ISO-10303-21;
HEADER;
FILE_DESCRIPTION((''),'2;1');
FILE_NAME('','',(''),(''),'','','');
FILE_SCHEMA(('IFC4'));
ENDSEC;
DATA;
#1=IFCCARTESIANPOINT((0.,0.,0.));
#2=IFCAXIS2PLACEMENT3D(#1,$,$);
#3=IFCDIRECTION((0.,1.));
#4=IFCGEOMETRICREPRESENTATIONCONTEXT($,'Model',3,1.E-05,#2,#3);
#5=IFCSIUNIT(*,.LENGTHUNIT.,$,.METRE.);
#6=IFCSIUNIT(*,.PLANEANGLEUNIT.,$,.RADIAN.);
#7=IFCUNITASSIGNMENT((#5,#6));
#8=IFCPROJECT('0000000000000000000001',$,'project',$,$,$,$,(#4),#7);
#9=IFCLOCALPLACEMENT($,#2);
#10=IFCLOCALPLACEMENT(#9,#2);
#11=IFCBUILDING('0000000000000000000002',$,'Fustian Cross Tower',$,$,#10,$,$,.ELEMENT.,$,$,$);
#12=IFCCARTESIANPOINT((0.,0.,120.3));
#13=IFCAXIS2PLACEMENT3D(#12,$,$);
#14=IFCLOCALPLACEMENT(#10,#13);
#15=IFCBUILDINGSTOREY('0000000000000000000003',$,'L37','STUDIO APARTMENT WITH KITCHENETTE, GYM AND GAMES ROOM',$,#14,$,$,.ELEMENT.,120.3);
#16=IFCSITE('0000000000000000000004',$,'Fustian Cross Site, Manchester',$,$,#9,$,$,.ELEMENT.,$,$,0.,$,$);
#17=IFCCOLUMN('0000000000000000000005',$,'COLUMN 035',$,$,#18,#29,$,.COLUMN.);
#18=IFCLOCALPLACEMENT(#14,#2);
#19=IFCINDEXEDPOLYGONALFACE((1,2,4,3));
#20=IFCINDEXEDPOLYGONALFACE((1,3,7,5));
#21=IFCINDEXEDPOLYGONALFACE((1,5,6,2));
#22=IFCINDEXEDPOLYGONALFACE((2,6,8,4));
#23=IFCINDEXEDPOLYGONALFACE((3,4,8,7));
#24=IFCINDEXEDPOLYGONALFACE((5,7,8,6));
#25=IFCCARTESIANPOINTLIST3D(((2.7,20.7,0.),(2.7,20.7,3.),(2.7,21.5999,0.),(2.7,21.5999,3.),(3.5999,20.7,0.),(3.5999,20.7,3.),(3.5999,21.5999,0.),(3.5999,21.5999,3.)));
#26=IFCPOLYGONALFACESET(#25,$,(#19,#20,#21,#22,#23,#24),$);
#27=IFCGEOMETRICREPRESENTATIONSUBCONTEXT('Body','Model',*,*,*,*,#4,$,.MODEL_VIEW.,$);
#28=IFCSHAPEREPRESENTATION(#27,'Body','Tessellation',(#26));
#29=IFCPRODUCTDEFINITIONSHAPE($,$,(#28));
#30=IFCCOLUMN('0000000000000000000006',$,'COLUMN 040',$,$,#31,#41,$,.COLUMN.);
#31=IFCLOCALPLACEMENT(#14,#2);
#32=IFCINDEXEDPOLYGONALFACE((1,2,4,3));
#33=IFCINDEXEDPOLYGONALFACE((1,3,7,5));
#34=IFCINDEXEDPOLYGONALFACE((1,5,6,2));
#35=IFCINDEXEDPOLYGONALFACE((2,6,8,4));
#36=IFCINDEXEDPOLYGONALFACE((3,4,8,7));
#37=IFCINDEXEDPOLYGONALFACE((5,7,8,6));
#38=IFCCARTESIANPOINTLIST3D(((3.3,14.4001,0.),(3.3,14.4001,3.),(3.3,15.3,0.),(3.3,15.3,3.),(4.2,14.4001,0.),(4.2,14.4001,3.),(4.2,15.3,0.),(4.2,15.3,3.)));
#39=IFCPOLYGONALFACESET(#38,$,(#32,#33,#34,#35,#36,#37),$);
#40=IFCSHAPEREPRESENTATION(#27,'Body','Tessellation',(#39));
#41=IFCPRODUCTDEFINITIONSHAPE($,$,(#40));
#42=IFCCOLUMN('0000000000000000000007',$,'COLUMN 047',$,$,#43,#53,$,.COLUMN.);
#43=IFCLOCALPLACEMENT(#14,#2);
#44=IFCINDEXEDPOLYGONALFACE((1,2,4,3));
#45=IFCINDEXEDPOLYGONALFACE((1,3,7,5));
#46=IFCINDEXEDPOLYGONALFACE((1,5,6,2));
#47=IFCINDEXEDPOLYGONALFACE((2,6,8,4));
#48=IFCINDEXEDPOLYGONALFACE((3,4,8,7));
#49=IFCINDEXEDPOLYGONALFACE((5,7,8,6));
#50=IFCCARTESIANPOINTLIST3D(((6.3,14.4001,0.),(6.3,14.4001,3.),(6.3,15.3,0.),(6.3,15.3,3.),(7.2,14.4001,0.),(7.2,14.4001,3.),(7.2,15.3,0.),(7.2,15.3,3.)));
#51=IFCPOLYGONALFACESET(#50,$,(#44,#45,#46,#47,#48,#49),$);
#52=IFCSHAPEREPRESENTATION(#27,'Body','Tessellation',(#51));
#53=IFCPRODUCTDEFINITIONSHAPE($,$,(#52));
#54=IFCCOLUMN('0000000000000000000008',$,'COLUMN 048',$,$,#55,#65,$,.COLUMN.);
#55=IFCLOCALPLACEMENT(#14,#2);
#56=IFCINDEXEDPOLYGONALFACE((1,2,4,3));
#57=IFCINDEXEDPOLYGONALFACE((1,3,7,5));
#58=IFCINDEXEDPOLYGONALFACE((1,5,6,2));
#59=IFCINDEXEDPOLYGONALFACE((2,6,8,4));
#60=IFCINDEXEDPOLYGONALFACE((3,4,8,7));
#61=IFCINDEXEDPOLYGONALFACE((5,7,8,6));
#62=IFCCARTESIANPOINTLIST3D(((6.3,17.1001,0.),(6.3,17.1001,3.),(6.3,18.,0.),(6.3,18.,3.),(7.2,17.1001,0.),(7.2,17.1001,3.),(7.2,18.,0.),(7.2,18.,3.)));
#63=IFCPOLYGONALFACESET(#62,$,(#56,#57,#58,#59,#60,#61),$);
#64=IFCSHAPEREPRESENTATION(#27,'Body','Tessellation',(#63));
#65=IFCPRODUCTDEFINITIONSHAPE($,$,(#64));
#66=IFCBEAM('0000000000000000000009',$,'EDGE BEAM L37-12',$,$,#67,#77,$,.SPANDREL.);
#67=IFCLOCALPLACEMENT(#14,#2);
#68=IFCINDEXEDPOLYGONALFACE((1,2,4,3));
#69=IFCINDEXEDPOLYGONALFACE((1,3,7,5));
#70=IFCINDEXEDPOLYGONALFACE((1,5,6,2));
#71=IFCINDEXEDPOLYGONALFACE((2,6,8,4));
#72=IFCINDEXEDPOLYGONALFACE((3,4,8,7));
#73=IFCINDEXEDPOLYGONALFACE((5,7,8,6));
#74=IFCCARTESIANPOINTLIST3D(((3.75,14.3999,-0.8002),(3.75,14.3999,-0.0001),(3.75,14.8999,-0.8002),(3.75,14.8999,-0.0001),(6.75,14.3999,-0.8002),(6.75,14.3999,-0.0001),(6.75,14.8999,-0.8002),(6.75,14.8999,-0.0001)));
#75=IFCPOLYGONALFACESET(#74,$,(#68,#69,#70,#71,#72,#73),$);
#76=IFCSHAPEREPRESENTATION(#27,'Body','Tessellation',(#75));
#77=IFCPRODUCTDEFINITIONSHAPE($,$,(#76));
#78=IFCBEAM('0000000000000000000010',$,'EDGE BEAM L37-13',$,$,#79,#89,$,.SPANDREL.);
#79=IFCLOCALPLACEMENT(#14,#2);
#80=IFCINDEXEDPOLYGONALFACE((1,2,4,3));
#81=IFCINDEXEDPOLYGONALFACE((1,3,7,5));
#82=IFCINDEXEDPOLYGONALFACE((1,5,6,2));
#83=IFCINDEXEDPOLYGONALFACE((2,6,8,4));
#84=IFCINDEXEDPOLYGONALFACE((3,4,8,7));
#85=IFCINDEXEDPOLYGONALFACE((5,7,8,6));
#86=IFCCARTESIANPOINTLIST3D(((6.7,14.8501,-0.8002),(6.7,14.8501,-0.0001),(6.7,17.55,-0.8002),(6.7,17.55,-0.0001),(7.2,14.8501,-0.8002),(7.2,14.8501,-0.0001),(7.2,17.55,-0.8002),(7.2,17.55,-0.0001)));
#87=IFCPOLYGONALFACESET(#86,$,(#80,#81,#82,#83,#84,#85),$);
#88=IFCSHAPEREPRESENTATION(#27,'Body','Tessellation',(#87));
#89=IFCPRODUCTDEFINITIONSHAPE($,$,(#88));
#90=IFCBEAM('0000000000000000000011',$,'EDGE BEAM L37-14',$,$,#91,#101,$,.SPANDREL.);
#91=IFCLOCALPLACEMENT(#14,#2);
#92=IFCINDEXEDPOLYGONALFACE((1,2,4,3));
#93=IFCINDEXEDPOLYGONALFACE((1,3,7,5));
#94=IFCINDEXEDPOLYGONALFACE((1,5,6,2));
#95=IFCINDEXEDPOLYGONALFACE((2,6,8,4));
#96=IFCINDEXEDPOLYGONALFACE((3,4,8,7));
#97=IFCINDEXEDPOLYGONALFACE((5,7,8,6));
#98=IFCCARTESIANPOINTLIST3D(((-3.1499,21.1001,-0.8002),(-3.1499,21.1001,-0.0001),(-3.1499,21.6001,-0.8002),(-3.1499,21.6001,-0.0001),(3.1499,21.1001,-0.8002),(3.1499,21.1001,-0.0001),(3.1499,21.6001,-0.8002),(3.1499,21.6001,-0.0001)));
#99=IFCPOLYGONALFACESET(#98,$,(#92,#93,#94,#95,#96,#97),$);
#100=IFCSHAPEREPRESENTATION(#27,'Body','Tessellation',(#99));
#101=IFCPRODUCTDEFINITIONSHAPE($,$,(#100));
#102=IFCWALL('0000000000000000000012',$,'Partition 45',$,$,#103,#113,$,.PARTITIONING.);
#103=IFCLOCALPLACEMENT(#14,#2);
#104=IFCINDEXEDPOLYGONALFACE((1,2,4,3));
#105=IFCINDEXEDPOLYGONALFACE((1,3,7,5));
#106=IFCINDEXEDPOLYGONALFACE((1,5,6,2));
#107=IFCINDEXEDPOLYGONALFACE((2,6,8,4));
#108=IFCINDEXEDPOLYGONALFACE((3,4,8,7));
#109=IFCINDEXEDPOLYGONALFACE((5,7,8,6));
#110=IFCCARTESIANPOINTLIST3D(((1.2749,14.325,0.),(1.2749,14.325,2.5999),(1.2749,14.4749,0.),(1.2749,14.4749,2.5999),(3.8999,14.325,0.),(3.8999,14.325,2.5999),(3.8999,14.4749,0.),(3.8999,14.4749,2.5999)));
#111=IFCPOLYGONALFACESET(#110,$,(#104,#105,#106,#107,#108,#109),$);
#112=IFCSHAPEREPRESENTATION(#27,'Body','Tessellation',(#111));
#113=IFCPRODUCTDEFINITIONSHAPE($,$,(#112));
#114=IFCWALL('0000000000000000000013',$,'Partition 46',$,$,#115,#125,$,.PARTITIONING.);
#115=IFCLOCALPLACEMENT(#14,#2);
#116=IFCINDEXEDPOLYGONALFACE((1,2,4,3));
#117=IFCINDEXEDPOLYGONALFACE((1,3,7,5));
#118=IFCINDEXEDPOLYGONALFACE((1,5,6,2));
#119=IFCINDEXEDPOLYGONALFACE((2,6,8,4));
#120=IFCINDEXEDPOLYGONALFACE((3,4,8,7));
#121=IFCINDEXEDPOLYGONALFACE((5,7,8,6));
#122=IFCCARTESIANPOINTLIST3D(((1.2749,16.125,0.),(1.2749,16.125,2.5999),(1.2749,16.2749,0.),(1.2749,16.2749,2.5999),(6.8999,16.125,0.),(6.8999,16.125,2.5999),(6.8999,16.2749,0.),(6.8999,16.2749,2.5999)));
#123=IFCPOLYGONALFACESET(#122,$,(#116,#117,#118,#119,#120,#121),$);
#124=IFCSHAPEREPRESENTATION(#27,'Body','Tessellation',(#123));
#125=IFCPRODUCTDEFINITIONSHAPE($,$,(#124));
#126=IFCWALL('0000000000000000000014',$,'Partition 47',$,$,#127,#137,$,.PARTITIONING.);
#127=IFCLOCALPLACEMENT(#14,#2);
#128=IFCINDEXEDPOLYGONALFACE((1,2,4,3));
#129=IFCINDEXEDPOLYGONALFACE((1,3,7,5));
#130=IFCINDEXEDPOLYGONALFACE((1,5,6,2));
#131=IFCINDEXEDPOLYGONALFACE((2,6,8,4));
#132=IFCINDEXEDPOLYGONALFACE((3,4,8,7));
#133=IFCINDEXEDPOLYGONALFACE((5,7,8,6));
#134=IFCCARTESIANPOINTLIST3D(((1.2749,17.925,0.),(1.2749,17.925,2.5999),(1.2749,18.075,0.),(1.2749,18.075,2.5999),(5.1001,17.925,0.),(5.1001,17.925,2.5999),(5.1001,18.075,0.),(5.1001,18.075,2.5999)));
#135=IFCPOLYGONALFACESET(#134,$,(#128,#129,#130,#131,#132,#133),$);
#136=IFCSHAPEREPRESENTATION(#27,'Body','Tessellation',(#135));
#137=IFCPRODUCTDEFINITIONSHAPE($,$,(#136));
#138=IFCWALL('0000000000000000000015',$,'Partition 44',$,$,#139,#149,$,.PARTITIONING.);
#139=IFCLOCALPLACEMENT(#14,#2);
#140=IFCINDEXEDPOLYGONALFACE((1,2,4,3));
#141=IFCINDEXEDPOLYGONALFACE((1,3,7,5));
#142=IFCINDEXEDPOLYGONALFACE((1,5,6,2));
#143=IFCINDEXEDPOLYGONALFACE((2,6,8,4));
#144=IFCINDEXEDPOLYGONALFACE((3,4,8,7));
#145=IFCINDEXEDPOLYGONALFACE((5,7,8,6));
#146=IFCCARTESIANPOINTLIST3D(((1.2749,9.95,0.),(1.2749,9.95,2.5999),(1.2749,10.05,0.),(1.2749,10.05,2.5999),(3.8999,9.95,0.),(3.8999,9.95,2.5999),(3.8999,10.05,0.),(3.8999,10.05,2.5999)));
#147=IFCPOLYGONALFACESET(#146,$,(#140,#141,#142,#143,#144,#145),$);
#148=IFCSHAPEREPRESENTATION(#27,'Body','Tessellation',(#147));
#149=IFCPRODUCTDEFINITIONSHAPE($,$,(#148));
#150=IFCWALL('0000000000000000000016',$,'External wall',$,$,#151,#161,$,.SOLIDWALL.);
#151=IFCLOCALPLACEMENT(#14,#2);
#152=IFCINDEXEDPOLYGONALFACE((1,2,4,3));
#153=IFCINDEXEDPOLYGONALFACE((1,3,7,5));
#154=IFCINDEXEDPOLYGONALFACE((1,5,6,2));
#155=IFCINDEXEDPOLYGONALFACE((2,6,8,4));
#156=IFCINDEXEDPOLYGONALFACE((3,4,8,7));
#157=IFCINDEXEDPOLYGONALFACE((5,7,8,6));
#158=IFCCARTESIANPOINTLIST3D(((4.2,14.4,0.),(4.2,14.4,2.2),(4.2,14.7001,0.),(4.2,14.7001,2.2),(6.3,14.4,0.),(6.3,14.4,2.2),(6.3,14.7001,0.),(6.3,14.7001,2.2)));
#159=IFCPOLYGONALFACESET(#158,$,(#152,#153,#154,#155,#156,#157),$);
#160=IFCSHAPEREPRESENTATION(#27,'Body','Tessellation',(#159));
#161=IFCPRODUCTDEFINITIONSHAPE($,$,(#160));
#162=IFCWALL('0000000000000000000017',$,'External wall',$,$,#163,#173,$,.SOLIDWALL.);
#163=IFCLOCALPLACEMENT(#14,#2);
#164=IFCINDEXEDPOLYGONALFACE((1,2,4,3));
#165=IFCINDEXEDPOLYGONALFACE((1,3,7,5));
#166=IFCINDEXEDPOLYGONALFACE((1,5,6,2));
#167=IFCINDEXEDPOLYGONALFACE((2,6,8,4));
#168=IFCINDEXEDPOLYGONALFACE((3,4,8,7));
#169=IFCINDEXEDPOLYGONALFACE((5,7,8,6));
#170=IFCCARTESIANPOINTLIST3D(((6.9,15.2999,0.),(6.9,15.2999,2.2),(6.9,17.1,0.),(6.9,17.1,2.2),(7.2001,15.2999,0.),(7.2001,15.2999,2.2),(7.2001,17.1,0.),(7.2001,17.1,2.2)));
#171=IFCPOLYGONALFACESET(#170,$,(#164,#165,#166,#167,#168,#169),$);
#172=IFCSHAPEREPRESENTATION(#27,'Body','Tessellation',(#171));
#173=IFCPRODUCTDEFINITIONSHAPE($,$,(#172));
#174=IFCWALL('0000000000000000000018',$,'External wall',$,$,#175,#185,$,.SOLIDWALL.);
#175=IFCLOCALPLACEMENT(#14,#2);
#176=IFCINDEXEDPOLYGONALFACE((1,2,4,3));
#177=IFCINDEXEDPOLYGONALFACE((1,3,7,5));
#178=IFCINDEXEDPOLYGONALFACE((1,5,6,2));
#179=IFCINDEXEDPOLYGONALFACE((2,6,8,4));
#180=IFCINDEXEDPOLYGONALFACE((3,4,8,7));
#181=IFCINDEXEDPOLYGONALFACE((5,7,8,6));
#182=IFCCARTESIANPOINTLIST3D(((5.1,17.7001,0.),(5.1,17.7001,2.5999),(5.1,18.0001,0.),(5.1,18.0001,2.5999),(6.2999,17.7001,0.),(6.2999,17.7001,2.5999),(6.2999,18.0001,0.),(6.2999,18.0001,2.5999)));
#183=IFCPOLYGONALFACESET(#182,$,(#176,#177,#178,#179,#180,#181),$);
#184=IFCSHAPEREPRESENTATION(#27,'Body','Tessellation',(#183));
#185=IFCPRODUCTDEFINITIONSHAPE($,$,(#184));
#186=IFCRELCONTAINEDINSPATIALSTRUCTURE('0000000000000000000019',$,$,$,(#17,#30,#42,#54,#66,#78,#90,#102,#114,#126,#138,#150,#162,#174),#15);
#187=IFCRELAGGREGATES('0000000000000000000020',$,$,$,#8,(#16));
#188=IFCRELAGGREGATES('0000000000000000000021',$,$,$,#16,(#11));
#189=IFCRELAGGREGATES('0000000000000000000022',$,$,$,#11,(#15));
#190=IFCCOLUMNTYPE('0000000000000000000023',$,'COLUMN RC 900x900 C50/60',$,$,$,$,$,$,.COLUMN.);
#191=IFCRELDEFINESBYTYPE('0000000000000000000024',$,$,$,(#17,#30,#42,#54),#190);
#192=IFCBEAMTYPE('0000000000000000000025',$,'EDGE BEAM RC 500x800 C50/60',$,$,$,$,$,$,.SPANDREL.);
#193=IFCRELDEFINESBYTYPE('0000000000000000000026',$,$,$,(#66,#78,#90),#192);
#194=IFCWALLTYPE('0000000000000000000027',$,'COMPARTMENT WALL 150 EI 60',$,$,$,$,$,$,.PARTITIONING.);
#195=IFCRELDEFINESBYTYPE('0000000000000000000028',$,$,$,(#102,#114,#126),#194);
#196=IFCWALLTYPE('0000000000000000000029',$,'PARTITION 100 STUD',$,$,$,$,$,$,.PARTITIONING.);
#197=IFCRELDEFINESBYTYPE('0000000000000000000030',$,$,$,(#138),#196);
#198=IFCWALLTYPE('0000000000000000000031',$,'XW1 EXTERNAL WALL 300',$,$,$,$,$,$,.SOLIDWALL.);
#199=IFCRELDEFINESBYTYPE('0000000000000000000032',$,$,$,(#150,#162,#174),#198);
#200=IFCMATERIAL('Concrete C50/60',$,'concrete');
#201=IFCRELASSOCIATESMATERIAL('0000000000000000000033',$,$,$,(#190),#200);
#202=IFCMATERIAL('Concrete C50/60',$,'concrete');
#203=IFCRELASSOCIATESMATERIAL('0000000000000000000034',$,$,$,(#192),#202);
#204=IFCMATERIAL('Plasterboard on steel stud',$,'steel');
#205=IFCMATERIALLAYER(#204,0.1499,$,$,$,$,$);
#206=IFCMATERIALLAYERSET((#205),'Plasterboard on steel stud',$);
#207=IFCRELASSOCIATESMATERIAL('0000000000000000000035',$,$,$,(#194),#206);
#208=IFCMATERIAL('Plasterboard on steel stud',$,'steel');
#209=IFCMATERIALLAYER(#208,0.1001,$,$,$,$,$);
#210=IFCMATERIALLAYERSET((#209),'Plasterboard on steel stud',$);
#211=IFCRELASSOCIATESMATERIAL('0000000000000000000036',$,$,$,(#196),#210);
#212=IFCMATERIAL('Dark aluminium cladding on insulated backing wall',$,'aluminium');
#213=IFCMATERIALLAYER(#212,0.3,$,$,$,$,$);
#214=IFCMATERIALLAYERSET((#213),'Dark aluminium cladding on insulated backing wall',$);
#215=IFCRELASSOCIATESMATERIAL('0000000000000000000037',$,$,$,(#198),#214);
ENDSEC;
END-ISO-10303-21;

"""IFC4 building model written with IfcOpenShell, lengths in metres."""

from ifc_helpers import new_model, si_unit, direction, frame, frame_2d, origin, origin_2d, place, context, subcontext, project, spatial, rectangle, extrude, material, layer, layer_set, material_profile, profile_set, type_object, element, save


model = new_model("IFC4")

# Units and contexts
model_context = context("Model", 3, precision=1e-05, world=origin(), true_north=direction((0.0, 1.0)))
body_context = subcontext(model_context, "Body", "Model", "MODEL_VIEW")
ifc_project = project(units=[si_unit("LENGTHUNIT", "METRE"), si_unit("PLANEANGLEUNIT", "RADIAN")], contexts=[model_context])

# Site, building, storey
site_placement = place(None, origin())
site = spatial("IfcSite", under=ifc_project, at=site_placement, Name="Fustian Cross Site, Manchester", CompositionType="ELEMENT", RefElevation=0.0)
building_placement = place(site_placement, origin())
building = spatial("IfcBuilding", under=site, at=building_placement, Name="Fustian Cross Tower", CompositionType="ELEMENT")
storey_placement = place(building_placement, frame((0.0, 0.0, 120.3)))
storey = spatial("IfcBuildingStorey", under=building, at=storey_placement, Name="L37", Description="STUDIO APARTMENT WITH KITCHENETTE, GYM AND GAMES ROOM", CompositionType="ELEMENT", Elevation=120.3)

# Columns
ifc_material_1 = material(Name="Concrete C50/60", Category="concrete")
ifc_material_profile_1 = material_profile(ifc_material_1, rectangle(XDim=0.8999, YDim=0.8999, at=origin_2d()), Name="RC 900x900")
ifc_profile_set_1 = profile_set([ifc_material_profile_1], Name="Concrete C50/60")
column_type = type_object("IfcColumnType", Name="COLUMN RC 900x900 C50/60", PredefinedType="COLUMN", material=ifc_profile_set_1)
for number, where, z_axis, x_axis, name in (
    (1, (3.1499, 21.1499, 0.0), (0.0, 0.0, 1.0), (1.0, 0.0, 0.0), "COLUMN 035"),
    (2, (3.75, 14.8501, 0.0), (0.0, 0.0, 1.0), (1.0, 0.0, 0.0), "COLUMN 040"),
    (3, (6.75, 14.8501, 0.0), (0.0, 0.0, 1.0), (1.0, 0.0, 0.0), "COLUMN 047"),
    (4, (6.75, 17.55, 0.0), (0.0, 0.0, 1.0), (1.0, 0.0, 0.0), "COLUMN 048"),
):
    element("IfcColumn", number, at=place(storey_placement, frame(where, z_axis=z_axis, x_axis=x_axis)), inside=storey, type_object=column_type, Name=name, PredefinedType="COLUMN", context=body_context, shape_type="SweptSolid", body=[
        extrude(rectangle(XDim=0.8999, YDim=0.8999, at=origin_2d()), origin(), (0.0, 0.0, 1.0), 3.0),
    ])

# Beams
ifc_material_2 = material(Name="Concrete C50/60", Category="concrete")
ifc_material_profile_2 = material_profile(ifc_material_2, rectangle(XDim=0.5, YDim=0.8, at=origin_2d()), Name="RC 500x800")
ifc_profile_set_2 = profile_set([ifc_material_profile_2], Name="Concrete C50/60")
beam_type = type_object("IfcBeamType", Name="EDGE BEAM RC 500x800 C50/60", PredefinedType="SPANDREL", material=ifc_profile_set_2)
beam_1_placement = place(storey_placement, frame((3.75, 14.6499, -0.4001), z_axis=(1.0, 0.0, 0.0), x_axis=(0.0, 1.0, 0.0)))
element("IfcBeam", 5, at=beam_1_placement, inside=storey, type_object=beam_type, Name="EDGE BEAM L37-12", PredefinedType="SPANDREL", context=body_context, shape_type="SweptSolid", body=[
    extrude(rectangle(XDim=0.5, YDim=0.8, at=origin_2d()), origin(), (0.0, 0.0, 1.0), 3.0),
])
beam_2_placement = place(storey_placement, frame((6.95, 14.8501, -0.4001), z_axis=(0.0, 1.0, 0.0), x_axis=(-1.0, 0.0, 0.0)))
element("IfcBeam", 6, at=beam_2_placement, inside=storey, type_object=beam_type, Name="EDGE BEAM L37-13", PredefinedType="SPANDREL", context=body_context, shape_type="SweptSolid", body=[
    extrude(rectangle(XDim=0.5, YDim=0.8, at=origin_2d()), origin(), (0.0, 0.0, 1.0), 2.7),
])
beam_3_placement = place(storey_placement, frame((3.1499, 21.3501, -0.4001), z_axis=(-1.0, 0.0, 0.0), x_axis=(0.0, -1.0, 0.0)))
element("IfcBeam", 7, at=beam_3_placement, inside=storey, type_object=beam_type, Name="EDGE BEAM L37-14", PredefinedType="SPANDREL", context=body_context, shape_type="SweptSolid", body=[
    extrude(rectangle(XDim=0.5, YDim=0.8, at=origin_2d()), origin(), (0.0, 0.0, 1.0), 6.2998),
])

# Walls
ifc_material_3 = material(Name="Plasterboard on steel stud", Category="steel")
ifc_layer_1 = layer(ifc_material_3, 0.1499)
ifc_layer_set_1 = layer_set([ifc_layer_1], Name="Plasterboard on steel stud")
wall_type_1 = type_object("IfcWallType", Name="COMPARTMENT WALL 150 EI 60", PredefinedType="PARTITIONING", material=ifc_layer_set_1)
wall_1_placement = place(storey_placement, frame((1.2749, 14.3999, 0.0), z_axis=(0.0, 0.0, 1.0), x_axis=(1.0, 0.0, 0.0)))
element("IfcWall", 8, at=wall_1_placement, inside=storey, type_object=wall_type_1, Name="Partition 45", PredefinedType="PARTITIONING", context=body_context, shape_type="SweptSolid", body=[
    extrude(rectangle(XDim=2.625, YDim=0.1499, at=frame_2d((1.3125, 0.0))), origin(), (0.0, 0.0, 1.0), 2.5999),
])
wall_2_placement = place(storey_placement, frame((1.2749, 16.2, 0.0), z_axis=(0.0, 0.0, 1.0), x_axis=(1.0, 0.0, 0.0)))
element("IfcWall", 9, at=wall_2_placement, inside=storey, type_object=wall_type_1, Name="Partition 46", PredefinedType="PARTITIONING", context=body_context, shape_type="SweptSolid", body=[
    extrude(rectangle(XDim=5.625, YDim=0.1499, at=frame_2d((2.8125, 0.0))), origin(), (0.0, 0.0, 1.0), 2.5999),
])
wall_3_placement = place(storey_placement, frame((1.2749, 18.0, 0.0), z_axis=(0.0, 0.0, 1.0), x_axis=(1.0, 0.0, 0.0)))
element("IfcWall", 10, at=wall_3_placement, inside=storey, type_object=wall_type_1, Name="Partition 47", PredefinedType="PARTITIONING", context=body_context, shape_type="SweptSolid", body=[
    extrude(rectangle(XDim=3.8252, YDim=0.1499, at=frame_2d((1.9126, 0.0))), origin(), (0.0, 0.0, 1.0), 2.5999),
])
ifc_material_4 = material(Name="Plasterboard on steel stud", Category="steel")
ifc_layer_2 = layer(ifc_material_4, 0.1001)
ifc_layer_set_2 = layer_set([ifc_layer_2], Name="Plasterboard on steel stud")
wall_type_2 = type_object("IfcWallType", Name="PARTITION 100 STUD", PredefinedType="PARTITIONING", material=ifc_layer_set_2)
wall_4_placement = place(storey_placement, frame((1.2749, 10.0, 0.0), z_axis=(0.0, 0.0, 1.0), x_axis=(1.0, 0.0, 0.0)))
element("IfcWall", 11, at=wall_4_placement, inside=storey, type_object=wall_type_2, Name="Partition 44", PredefinedType="PARTITIONING", context=body_context, shape_type="SweptSolid", body=[
    extrude(rectangle(XDim=2.625, YDim=0.1001, at=frame_2d((1.3125, 0.0))), origin(), (0.0, 0.0, 1.0), 2.5999),
])
ifc_material_5 = material(Name="Dark aluminium cladding on insulated backing wall", Category="aluminium")
ifc_layer_3 = layer(ifc_material_5, 0.3)
ifc_layer_set_3 = layer_set([ifc_layer_3], Name="Dark aluminium cladding on insulated backing wall")
wall_type_3 = type_object("IfcWallType", Name="XW1 EXTERNAL WALL 300", PredefinedType="SOLIDWALL", material=ifc_layer_set_3)
wall_5_placement = place(storey_placement, frame((4.2, 14.55, 0.0), z_axis=(0.0, 0.0, 1.0), x_axis=(1.0, 0.0, 0.0)))
element("IfcWall", 12, at=wall_5_placement, inside=storey, type_object=wall_type_3, Name="External wall", PredefinedType="SOLIDWALL", context=body_context, shape_type="SweptSolid", body=[
    extrude(rectangle(XDim=2.1001, YDim=0.3, at=frame_2d((1.05, 0.0))), origin(), (0.0, 0.0, 1.0), 2.2),
])
wall_6_placement = place(storey_placement, frame((7.05, 15.3, 0.0), z_axis=(0.0, 0.0, 1.0), x_axis=(0.0, 1.0, 0.0)))
element("IfcWall", 13, at=wall_6_placement, inside=storey, type_object=wall_type_3, Name="External wall", PredefinedType="SOLIDWALL", context=body_context, shape_type="SweptSolid", body=[
    extrude(rectangle(XDim=1.8, YDim=0.3, at=frame_2d((0.8999, 0.0))), origin(), (0.0, 0.0, 1.0), 2.2),
])
wall_7_placement = place(storey_placement, frame((6.3, 17.8501, 0.0), z_axis=(0.0, 0.0, 1.0), x_axis=(-1.0, 0.0, 0.0)))
element("IfcWall", 14, at=wall_7_placement, inside=storey, type_object=wall_type_3, Name="External wall", PredefinedType="SOLIDWALL", context=body_context, shape_type="SweptSolid", body=[
    extrude(rectangle(XDim=1.2, YDim=0.3, at=frame_2d((0.6001, 0.0))), origin(), (0.0, 0.0, 1.0), 2.5999),
])

save(model, "model.ifc")
